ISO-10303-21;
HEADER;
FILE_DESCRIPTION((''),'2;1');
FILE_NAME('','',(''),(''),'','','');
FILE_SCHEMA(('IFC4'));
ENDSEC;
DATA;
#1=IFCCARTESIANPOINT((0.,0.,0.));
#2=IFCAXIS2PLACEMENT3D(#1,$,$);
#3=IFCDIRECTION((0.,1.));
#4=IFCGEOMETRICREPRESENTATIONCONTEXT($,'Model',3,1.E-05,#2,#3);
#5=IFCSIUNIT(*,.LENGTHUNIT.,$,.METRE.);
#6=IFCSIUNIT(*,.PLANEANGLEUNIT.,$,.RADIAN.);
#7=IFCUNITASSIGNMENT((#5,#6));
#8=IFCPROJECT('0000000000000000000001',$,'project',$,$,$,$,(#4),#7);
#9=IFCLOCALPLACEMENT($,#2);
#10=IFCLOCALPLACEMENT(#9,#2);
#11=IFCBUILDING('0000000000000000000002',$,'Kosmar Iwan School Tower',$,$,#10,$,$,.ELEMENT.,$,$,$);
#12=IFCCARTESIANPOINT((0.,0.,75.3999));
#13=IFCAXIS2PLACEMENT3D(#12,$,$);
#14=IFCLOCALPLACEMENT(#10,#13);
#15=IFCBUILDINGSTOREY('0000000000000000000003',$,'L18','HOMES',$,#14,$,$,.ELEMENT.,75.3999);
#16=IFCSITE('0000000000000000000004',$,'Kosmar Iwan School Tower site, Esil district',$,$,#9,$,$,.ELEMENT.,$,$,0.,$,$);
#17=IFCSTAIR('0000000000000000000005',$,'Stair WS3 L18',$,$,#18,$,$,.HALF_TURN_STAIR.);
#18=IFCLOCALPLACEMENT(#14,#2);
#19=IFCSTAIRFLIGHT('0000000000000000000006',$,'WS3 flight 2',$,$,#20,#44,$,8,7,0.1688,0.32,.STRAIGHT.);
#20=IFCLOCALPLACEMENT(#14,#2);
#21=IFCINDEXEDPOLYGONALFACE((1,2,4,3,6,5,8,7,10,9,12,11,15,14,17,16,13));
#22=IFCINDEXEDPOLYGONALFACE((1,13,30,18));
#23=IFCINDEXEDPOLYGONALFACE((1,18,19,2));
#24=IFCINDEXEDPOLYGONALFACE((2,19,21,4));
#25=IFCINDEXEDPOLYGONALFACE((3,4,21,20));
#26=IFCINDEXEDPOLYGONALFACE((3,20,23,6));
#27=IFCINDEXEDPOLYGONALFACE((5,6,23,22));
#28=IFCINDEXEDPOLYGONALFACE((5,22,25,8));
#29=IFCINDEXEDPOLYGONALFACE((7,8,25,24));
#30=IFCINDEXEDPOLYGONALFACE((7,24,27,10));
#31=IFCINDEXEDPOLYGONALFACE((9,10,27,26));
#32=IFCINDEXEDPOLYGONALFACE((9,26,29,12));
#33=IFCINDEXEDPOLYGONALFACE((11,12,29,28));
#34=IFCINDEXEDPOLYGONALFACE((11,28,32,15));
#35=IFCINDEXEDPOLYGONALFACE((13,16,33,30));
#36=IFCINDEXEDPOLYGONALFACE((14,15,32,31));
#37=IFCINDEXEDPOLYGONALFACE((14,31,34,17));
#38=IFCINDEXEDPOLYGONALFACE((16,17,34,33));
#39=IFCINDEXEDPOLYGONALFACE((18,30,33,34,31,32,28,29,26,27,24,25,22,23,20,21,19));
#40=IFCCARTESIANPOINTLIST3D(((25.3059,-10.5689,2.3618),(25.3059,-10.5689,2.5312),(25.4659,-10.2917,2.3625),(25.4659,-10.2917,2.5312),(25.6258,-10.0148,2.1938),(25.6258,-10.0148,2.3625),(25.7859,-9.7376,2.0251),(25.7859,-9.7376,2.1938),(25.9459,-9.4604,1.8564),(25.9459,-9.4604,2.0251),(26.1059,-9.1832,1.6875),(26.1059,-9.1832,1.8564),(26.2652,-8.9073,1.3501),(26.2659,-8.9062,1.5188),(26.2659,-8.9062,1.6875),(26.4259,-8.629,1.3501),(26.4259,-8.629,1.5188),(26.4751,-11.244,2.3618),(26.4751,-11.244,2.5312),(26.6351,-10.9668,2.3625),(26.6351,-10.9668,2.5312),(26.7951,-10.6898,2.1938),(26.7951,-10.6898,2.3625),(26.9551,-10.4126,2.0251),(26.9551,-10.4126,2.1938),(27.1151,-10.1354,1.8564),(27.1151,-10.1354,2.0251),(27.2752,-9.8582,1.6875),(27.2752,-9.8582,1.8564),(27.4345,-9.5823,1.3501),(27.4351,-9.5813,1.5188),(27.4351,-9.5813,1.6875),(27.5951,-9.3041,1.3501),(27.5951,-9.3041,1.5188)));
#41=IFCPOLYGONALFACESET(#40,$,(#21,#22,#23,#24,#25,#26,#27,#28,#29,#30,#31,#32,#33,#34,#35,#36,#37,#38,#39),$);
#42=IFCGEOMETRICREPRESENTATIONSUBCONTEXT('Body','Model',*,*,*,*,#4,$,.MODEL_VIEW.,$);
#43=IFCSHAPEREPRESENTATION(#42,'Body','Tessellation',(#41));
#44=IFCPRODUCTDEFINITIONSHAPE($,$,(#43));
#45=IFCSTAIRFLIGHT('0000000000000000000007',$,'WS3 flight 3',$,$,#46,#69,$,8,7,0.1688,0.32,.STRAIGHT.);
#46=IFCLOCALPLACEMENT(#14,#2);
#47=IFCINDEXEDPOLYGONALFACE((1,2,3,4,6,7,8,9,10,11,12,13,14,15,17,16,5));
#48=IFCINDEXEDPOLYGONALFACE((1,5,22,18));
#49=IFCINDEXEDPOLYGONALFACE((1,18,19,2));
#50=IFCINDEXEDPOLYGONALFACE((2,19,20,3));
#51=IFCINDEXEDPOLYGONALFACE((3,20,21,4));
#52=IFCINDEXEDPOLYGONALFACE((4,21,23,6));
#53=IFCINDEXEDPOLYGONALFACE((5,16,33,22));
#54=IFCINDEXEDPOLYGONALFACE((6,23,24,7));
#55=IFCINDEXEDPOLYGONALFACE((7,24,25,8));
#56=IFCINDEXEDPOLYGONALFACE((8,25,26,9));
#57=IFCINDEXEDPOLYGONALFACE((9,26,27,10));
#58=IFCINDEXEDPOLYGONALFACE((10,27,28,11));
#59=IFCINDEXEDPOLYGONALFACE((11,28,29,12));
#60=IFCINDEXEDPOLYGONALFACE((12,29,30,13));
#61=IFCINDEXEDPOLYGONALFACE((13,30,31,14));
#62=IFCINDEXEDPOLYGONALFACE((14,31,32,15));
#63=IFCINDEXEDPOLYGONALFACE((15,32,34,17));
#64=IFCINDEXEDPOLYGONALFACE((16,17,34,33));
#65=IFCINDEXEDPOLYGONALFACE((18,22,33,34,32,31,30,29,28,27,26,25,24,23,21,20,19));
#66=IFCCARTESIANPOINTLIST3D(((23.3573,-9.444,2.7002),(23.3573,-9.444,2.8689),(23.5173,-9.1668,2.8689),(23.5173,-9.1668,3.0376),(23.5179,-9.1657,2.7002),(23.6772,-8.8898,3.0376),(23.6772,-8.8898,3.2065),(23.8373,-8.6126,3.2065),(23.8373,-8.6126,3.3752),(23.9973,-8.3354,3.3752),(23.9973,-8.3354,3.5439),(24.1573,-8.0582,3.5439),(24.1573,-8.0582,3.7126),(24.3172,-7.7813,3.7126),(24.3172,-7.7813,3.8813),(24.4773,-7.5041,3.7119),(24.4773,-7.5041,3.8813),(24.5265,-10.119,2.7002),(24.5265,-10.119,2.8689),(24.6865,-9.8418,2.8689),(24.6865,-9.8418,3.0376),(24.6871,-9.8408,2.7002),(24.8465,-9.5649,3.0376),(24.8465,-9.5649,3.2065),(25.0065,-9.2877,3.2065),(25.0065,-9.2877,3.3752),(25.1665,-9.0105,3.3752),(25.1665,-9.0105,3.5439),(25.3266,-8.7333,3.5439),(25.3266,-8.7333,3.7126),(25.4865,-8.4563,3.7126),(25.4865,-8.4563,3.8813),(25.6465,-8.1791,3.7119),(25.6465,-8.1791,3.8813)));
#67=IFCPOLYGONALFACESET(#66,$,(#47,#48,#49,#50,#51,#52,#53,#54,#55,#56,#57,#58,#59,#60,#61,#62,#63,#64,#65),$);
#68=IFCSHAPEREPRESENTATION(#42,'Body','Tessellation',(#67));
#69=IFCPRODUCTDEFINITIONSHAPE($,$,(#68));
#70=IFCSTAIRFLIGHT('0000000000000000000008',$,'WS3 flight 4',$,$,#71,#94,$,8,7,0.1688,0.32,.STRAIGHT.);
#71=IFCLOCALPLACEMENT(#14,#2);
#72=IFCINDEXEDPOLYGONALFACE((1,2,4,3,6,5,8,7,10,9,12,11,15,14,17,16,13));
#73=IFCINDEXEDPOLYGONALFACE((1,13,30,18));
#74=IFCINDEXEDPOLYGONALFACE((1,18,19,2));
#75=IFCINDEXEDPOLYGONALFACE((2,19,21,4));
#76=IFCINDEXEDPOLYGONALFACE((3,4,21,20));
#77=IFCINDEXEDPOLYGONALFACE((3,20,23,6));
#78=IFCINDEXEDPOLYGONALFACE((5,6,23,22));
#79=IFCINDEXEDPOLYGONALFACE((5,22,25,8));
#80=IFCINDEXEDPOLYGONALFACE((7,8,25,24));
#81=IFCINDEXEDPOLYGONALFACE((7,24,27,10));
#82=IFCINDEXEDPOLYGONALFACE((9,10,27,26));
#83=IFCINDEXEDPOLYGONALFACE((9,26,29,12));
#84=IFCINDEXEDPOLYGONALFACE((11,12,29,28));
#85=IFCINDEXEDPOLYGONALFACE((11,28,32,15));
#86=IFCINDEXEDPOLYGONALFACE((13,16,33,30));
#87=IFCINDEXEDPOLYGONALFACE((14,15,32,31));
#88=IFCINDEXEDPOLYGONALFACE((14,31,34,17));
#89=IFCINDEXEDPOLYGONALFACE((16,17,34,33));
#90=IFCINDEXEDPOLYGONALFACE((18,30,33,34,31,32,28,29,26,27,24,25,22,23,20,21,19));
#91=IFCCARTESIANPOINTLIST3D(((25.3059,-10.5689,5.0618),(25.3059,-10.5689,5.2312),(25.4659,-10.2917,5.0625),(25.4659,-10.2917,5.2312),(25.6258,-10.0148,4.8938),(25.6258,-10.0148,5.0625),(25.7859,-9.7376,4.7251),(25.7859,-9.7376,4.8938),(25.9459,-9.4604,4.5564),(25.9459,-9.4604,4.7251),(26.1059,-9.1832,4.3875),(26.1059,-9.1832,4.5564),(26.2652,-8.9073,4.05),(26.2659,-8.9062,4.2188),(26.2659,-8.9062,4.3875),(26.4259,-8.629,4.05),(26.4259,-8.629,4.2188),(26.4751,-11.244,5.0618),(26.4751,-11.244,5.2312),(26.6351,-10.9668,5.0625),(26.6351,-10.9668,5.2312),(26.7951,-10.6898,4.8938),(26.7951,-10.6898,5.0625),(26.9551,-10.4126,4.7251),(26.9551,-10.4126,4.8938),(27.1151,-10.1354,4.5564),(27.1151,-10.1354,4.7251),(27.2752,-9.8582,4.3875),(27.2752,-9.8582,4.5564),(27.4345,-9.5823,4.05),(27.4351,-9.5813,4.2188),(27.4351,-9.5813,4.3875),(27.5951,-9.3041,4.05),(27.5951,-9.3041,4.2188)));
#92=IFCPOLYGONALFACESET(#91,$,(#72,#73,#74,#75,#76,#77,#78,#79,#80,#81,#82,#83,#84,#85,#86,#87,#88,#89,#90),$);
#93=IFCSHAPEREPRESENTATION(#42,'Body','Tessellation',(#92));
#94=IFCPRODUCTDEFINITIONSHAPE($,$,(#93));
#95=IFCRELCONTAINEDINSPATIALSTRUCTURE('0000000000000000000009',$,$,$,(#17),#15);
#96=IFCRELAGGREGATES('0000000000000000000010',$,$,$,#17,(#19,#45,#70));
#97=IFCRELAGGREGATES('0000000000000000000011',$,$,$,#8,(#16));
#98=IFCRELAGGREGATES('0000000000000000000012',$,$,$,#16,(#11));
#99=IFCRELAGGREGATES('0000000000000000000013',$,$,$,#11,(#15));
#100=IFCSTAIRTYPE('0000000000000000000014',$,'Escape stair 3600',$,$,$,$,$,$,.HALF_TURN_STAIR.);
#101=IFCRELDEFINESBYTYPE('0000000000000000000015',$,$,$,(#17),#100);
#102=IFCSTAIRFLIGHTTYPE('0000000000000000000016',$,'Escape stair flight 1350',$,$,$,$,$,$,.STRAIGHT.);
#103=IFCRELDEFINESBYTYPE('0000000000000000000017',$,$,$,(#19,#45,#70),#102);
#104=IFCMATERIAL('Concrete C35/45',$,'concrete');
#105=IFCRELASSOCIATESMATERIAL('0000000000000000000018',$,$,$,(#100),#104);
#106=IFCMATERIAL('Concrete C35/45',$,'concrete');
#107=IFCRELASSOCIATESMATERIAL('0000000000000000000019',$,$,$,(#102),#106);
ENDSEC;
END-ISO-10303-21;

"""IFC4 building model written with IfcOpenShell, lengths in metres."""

from ifc_helpers import new_model, si_unit, direction, frame, origin, place, context, subcontext, project, spatial, polyline, outline, extrude, material, type_object, element, aggregate, save


model = new_model("IFC4")

# Units and contexts
model_context = context("Model", 3, precision=1e-05, world=origin(), true_north=direction((0.0, 1.0)))
body_context = subcontext(model_context, "Body", "Model", "MODEL_VIEW")
ifc_project = project(units=[si_unit("LENGTHUNIT", "METRE"), si_unit("PLANEANGLEUNIT", "RADIAN")], contexts=[model_context])

# Site, building, storey
site_placement = place(None, origin())
site = spatial("IfcSite", under=ifc_project, at=site_placement, Name="Kosmar Iwan School Tower site, Esil district", CompositionType="ELEMENT", RefElevation=0.0)
building_placement = place(site_placement, origin())
building = spatial("IfcBuilding", under=site, at=building_placement, Name="Kosmar Iwan School Tower", CompositionType="ELEMENT")
storey_placement = place(building_placement, frame((0.0, 0.0, 75.3999)))
storey = spatial("IfcBuildingStorey", under=building, at=storey_placement, Name="L18", Description="HOMES", CompositionType="ELEMENT", Elevation=75.3999)

# Stair, stair flights
ifc_material_1 = material(Name="Concrete C35/45", Category="concrete")
stair_type = type_object("IfcStairType", Name="Escape stair 3600", PredefinedType="HALF_TURN_STAIR", material=ifc_material_1)
stair_placement = place(storey_placement, origin())
stair = element("IfcStair", 1, at=stair_placement, inside=storey, type_object=stair_type, Name="Stair WS3 L18", PredefinedType="HALF_TURN_STAIR")
ifc_material_2 = material(Name="Concrete C35/45", Category="concrete")
stair_flight_type = type_object("IfcStairFlightType", Name="Escape stair flight 1350", PredefinedType="STRAIGHT", material=ifc_material_2)
stair_flight_1_placement = place(storey_placement, frame((27.0105, -8.9666, 1.3501), z_axis=(0.0, 0.0, 1.0), x_axis=(-0.5, -0.866025, 0.0)))
stair_flight_1 = element("IfcStairFlight", 2, at=stair_flight_1_placement, type_object=stair_flight_type, Name="WS3 flight 2", NumberOfRisers=8, NumberOfTreads=7, PredefinedType="STRAIGHT", RiserHeight=0.1688, TreadLength=0.32, context=body_context, shape_type="SweptSolid", body=[
    extrude(outline(polyline([(0.0, 0.0), (0.0, 0.1687), (0.3201, 0.1687), (0.3201, 0.3374), (0.6399, 0.3374), (0.6399, 0.5063), (0.96, 0.5063), (0.96, 0.675), (1.28, 0.675), (1.28, 0.8438), (1.6001, 0.8438), (1.6001, 1.0125), (1.9199, 1.0125), (1.9199, 1.1812), (2.24, 1.1812), (2.24, 1.3501), (2.24, 1.0117), (0.3213, 0.0), (0.0, 0.0)])), frame((0.0, 0.675, 0.0), z_axis=(0.0, -1.0, 0.0), x_axis=(1.0, 0.0, 0.0)), (0.0, 0.0, 1.0), 1.3501),
])
stair_flight_2_placement = place(storey_placement, frame((23.9419, -9.7815, 2.7002), z_axis=(0.0, 0.0, 1.0), x_axis=(0.5, 0.866025, 0.0)))
stair_flight_2 = element("IfcStairFlight", 3, at=stair_flight_2_placement, type_object=stair_flight_type, Name="WS3 flight 3", NumberOfRisers=8, NumberOfTreads=7, PredefinedType="STRAIGHT", RiserHeight=0.1688, TreadLength=0.32, context=body_context, shape_type="SweptSolid", body=[
    extrude(outline(polyline([(0.0, 0.0), (0.0, 0.1687), (0.3201, 0.1687), (0.3201, 0.3374), (0.6399, 0.3374), (0.6399, 0.5063), (0.96, 0.5063), (0.96, 0.675), (1.28, 0.675), (1.28, 0.8438), (1.6001, 0.8438), (1.6001, 1.0125), (1.9199, 1.0125), (1.9199, 1.1812), (2.24, 1.1812), (2.24, 1.3501), (2.24, 1.0117), (0.3213, 0.0), (0.0, 0.0)])), frame((0.0, 0.675, 0.0), z_axis=(0.0, -1.0, 0.0), x_axis=(1.0, 0.0, 0.0)), (0.0, 0.0, 1.0), 1.3501),
])
stair_flight_3_placement = place(storey_placement, frame((27.0105, -8.9666, 4.05), z_axis=(0.0, 0.0, 1.0), x_axis=(-0.5, -0.866025, 0.0)))
stair_flight_3 = element("IfcStairFlight", 4, at=stair_flight_3_placement, type_object=stair_flight_type, Name="WS3 flight 4", NumberOfRisers=8, NumberOfTreads=7, PredefinedType="STRAIGHT", RiserHeight=0.1688, TreadLength=0.32, context=body_context, shape_type="SweptSolid", body=[
    extrude(outline(polyline([(0.0, 0.0), (0.0, 0.1687), (0.3201, 0.1687), (0.3201, 0.3374), (0.6399, 0.3374), (0.6399, 0.5063), (0.96, 0.5063), (0.96, 0.675), (1.28, 0.675), (1.28, 0.8438), (1.6001, 0.8438), (1.6001, 1.0125), (1.9199, 1.0125), (1.9199, 1.1812), (2.24, 1.1812), (2.24, 1.3501), (2.24, 1.0117), (0.3213, 0.0), (0.0, 0.0)])), frame((0.0, 0.675, 0.0), z_axis=(0.0, -1.0, 0.0), x_axis=(1.0, 0.0, 0.0)), (0.0, 0.0, 1.0), 1.3501),
])
aggregate(stair, [stair_flight_1, stair_flight_2, stair_flight_3])

save(model, "model.ifc")
